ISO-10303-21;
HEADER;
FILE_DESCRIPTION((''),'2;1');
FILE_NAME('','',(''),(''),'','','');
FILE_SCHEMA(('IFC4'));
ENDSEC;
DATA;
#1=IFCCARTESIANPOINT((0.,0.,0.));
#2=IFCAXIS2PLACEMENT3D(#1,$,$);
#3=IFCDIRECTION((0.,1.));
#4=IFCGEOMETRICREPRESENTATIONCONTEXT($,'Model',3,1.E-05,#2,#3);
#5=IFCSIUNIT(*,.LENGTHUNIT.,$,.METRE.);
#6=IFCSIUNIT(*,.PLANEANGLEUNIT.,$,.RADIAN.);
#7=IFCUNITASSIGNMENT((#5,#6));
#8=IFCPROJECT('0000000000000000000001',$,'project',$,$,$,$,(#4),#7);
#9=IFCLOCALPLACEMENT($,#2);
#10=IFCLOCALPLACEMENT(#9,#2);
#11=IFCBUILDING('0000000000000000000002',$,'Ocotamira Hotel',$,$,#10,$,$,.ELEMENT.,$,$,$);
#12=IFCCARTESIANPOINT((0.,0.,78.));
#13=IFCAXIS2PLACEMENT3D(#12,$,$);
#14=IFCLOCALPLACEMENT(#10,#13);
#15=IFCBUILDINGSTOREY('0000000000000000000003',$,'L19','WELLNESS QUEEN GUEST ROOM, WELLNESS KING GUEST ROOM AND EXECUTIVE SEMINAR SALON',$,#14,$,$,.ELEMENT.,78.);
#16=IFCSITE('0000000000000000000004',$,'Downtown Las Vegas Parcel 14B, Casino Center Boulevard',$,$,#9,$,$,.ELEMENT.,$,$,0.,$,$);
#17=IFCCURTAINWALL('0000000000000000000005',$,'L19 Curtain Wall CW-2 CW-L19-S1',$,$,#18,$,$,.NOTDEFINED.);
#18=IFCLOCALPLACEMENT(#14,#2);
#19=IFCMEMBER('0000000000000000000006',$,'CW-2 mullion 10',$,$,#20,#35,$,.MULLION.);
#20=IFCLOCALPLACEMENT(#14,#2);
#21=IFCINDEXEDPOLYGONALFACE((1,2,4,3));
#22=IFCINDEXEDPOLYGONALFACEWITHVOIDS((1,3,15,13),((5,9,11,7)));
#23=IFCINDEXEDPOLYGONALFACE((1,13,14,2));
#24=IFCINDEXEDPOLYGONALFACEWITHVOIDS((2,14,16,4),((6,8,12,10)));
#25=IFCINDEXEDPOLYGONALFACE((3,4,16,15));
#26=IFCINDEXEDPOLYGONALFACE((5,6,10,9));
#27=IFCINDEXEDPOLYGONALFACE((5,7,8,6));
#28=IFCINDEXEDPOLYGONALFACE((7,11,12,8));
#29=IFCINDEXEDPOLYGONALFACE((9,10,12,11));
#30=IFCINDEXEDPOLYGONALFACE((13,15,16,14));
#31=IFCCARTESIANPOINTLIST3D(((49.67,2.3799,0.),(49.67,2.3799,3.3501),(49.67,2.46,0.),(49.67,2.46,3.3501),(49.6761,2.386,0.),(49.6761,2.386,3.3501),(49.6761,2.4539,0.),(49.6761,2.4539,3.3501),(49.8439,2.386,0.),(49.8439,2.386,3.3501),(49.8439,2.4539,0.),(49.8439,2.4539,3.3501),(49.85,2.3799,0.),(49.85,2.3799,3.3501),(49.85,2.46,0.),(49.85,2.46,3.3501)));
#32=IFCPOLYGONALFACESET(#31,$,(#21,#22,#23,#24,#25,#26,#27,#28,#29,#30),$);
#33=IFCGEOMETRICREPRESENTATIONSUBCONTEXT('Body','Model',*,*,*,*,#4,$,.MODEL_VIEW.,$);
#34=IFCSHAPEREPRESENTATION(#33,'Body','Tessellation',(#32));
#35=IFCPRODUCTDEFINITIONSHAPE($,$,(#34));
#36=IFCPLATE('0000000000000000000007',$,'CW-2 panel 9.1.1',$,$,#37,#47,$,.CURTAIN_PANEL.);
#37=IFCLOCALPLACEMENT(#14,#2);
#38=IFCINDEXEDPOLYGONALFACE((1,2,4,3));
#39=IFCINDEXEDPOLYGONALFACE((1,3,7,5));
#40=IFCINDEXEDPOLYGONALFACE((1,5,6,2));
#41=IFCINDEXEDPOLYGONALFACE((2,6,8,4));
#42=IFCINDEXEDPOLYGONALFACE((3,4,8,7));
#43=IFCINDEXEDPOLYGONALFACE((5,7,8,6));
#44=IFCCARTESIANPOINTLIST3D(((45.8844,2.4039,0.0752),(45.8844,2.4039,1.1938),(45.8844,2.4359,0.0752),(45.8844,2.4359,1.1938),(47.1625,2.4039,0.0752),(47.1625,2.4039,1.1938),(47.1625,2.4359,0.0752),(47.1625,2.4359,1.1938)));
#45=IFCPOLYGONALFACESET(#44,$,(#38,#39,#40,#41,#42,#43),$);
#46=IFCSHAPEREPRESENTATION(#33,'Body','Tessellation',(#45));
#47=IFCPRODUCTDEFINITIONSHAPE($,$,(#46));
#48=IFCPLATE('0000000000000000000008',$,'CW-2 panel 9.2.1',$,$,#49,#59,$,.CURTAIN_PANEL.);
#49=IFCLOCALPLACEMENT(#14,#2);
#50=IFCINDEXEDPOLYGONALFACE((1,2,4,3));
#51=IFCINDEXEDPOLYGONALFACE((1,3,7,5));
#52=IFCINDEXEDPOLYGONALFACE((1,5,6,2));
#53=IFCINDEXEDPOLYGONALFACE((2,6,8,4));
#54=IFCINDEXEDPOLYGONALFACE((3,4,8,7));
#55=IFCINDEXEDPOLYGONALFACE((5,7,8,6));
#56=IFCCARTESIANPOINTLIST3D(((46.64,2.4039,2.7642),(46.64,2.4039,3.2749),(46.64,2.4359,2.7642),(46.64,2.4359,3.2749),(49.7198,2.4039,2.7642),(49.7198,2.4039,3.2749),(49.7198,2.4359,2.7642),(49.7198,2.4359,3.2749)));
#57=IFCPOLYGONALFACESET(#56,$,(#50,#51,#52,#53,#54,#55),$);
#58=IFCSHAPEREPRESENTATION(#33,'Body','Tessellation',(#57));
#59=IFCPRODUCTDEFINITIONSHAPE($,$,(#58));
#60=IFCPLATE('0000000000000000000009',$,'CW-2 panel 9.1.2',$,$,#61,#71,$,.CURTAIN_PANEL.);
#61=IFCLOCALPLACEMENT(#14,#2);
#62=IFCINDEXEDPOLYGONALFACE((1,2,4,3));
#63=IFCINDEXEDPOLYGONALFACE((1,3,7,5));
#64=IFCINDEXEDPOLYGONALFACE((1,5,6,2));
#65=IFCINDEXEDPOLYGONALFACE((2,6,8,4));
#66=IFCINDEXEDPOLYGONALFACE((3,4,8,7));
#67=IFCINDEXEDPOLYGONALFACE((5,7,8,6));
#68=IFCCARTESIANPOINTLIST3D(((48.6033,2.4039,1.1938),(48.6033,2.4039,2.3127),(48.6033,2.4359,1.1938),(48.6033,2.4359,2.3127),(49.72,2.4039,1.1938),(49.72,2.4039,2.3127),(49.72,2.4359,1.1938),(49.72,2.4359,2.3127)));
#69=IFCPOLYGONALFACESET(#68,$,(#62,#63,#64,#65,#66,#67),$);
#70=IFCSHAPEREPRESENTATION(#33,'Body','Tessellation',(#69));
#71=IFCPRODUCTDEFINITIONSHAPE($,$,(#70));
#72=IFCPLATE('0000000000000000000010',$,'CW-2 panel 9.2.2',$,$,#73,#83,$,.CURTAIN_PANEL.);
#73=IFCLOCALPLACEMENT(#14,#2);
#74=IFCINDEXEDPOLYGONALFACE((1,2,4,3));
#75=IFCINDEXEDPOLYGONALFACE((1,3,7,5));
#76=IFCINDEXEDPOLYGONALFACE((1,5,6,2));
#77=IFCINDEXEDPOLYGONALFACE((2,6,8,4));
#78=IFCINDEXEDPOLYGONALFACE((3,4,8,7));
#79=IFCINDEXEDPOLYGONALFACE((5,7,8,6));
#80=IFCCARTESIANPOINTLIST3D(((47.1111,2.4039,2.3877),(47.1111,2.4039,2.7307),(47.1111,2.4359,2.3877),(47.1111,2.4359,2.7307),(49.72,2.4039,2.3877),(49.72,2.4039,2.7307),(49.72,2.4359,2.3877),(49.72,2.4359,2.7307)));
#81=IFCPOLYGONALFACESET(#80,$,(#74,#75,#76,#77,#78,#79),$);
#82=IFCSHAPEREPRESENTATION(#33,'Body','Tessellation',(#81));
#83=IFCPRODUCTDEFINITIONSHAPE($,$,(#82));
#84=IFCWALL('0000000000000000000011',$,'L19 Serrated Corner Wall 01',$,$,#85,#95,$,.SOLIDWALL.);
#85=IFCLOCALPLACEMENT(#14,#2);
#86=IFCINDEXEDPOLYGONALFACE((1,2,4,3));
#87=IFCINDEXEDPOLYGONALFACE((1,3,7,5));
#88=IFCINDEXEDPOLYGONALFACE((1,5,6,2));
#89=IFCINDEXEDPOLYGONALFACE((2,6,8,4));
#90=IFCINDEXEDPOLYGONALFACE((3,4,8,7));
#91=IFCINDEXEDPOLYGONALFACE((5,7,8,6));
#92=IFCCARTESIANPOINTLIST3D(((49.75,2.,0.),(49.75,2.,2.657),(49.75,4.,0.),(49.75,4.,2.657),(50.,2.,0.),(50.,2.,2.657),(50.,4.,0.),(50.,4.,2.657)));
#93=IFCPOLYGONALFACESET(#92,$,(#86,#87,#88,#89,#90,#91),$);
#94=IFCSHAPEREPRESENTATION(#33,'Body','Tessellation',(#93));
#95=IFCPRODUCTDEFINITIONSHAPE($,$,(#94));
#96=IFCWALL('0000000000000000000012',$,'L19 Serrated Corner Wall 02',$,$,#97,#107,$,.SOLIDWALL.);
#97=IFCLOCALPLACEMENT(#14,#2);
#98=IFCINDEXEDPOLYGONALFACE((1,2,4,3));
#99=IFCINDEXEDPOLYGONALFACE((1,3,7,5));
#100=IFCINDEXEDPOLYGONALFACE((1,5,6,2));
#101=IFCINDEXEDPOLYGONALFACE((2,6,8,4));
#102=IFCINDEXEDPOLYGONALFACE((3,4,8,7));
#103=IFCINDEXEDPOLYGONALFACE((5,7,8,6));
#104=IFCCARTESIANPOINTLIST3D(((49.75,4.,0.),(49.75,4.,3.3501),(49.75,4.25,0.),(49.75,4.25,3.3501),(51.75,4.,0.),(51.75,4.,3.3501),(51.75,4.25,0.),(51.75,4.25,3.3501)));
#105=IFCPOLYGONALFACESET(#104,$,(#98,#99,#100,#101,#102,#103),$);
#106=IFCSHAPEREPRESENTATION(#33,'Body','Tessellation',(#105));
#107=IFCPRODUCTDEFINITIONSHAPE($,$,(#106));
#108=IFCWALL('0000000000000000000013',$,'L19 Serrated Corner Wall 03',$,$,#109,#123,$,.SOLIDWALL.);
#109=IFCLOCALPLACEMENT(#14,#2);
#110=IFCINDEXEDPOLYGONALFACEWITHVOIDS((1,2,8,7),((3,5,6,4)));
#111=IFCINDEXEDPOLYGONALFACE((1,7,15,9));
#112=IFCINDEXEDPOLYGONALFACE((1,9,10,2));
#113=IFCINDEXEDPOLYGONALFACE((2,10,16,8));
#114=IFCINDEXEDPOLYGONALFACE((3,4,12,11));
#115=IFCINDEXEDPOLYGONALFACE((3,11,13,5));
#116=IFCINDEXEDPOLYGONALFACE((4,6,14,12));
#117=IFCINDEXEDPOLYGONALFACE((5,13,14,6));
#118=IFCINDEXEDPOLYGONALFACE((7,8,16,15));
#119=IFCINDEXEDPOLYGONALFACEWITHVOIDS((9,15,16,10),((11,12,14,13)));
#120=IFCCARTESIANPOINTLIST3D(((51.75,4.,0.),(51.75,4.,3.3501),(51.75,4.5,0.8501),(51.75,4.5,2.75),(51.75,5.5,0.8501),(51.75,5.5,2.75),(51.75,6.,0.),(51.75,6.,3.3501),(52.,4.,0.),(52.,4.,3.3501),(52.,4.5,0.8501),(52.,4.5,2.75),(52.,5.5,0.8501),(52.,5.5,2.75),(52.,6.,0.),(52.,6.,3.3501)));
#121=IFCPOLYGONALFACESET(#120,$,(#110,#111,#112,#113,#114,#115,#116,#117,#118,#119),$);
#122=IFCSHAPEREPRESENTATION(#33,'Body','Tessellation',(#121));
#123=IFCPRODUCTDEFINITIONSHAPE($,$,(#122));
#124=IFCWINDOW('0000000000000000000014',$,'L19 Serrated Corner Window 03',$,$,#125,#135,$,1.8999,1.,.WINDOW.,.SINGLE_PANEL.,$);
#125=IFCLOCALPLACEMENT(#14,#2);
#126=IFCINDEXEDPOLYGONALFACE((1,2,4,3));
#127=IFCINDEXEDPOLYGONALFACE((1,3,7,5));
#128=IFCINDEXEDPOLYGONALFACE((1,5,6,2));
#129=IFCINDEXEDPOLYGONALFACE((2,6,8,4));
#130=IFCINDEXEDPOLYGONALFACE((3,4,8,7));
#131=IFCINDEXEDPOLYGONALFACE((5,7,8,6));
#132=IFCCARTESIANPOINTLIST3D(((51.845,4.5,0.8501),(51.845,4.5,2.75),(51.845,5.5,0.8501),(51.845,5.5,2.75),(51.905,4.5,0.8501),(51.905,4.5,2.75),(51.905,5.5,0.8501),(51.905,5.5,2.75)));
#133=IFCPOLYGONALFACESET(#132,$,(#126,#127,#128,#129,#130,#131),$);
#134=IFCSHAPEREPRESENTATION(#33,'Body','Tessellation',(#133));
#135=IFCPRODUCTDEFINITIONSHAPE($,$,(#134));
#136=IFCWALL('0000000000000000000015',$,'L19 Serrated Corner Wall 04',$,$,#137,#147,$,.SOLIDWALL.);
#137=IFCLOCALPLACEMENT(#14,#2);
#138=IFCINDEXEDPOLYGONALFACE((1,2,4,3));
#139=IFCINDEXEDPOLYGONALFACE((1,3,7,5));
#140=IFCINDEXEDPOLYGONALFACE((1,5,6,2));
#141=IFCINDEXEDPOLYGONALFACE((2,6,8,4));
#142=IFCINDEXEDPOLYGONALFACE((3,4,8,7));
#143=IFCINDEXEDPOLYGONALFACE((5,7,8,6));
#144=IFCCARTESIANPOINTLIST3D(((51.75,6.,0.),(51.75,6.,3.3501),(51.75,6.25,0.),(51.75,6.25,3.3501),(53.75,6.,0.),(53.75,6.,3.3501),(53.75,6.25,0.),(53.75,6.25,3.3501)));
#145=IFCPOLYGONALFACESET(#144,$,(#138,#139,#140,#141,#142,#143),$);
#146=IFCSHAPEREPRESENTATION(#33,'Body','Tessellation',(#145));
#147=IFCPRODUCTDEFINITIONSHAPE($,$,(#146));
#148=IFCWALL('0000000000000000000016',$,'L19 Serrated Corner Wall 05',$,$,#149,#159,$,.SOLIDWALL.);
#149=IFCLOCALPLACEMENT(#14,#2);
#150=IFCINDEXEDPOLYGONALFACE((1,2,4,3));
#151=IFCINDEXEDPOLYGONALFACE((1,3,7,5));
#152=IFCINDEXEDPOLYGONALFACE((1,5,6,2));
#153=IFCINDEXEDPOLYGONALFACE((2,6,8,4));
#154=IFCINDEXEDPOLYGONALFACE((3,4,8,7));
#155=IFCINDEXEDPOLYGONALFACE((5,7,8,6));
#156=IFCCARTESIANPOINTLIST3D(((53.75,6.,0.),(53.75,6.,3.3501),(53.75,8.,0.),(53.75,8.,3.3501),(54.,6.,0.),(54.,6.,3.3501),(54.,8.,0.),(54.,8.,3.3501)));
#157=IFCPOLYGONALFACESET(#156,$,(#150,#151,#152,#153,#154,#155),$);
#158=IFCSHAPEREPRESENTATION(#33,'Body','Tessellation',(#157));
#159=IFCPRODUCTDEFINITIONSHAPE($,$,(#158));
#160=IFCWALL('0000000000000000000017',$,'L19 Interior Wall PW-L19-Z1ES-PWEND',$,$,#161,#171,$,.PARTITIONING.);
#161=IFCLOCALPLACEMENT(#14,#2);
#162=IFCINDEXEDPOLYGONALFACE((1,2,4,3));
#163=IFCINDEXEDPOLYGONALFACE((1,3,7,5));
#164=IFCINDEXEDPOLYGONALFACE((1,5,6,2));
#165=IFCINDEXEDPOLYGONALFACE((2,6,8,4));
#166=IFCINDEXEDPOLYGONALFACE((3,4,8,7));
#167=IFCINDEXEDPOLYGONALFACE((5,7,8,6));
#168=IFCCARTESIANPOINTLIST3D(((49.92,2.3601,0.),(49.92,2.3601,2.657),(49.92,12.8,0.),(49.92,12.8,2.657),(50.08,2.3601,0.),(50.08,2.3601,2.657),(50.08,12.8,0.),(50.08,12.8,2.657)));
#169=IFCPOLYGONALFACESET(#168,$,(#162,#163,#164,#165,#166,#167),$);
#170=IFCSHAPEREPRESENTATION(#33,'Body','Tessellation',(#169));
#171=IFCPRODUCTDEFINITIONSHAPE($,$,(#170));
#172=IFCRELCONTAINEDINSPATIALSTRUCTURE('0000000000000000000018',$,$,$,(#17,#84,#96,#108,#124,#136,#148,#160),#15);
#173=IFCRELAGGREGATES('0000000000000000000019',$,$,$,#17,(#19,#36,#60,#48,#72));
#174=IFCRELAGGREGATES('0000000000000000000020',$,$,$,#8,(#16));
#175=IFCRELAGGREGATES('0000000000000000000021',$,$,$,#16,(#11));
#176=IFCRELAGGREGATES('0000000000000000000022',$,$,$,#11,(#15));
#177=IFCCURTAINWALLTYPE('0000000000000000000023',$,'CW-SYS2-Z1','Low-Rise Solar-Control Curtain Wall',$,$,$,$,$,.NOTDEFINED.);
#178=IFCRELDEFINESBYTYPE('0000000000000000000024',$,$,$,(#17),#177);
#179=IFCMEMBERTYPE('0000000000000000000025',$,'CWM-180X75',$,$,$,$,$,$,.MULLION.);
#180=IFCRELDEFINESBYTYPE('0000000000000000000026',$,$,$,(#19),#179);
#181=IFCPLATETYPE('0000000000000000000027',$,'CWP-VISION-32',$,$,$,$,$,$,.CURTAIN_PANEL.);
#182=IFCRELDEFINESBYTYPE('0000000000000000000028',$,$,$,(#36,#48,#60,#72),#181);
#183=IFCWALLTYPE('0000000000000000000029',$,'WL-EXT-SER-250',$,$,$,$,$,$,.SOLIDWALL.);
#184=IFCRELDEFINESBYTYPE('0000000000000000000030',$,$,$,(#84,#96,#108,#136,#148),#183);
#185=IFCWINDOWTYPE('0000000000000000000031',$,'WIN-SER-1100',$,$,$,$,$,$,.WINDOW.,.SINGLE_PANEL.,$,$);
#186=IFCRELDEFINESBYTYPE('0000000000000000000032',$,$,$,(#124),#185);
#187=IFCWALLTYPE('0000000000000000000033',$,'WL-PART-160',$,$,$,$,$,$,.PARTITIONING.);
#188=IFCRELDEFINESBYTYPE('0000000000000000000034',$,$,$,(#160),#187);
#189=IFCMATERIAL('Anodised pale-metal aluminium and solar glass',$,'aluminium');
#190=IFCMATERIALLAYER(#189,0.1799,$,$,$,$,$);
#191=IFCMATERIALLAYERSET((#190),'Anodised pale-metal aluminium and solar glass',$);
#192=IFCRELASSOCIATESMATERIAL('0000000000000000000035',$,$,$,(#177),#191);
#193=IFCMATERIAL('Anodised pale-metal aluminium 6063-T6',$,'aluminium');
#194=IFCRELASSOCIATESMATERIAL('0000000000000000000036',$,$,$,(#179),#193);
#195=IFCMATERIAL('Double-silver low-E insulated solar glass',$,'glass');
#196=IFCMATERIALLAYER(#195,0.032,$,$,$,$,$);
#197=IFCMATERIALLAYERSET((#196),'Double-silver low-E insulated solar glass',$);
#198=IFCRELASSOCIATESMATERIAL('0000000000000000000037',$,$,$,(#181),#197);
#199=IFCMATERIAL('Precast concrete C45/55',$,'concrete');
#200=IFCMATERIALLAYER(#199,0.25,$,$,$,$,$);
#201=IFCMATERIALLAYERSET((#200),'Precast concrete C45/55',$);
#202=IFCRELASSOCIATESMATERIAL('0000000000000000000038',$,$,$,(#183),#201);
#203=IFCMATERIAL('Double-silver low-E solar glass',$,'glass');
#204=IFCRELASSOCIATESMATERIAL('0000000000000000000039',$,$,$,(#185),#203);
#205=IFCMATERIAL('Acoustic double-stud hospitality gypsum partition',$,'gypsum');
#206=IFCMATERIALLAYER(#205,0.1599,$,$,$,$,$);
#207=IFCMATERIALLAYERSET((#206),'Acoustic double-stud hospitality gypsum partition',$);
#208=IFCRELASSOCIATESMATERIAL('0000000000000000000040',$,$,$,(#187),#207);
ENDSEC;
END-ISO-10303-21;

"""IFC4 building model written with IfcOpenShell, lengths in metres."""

from ifc_helpers import new_model, si_unit, direction, frame, frame_2d, origin, origin_2d, place, context, subcontext, project, spatial, rectangle, hollow_rectangle, extrude, source, transform, mapped, material, layer, layer_set, material_profile, profile_set, type_object, element, fill, aggregate, save


model = new_model("IFC4")

# Units and contexts
model_context = context("Model", 3, precision=1e-05, world=origin(), true_north=direction((0.0, 1.0)))
body_context = subcontext(model_context, "Body", "Model", "MODEL_VIEW")
ifc_project = project(units=[si_unit("LENGTHUNIT", "METRE"), si_unit("PLANEANGLEUNIT", "RADIAN")], contexts=[model_context])

# Site, building, storey
site_placement = place(None, origin())
site = spatial("IfcSite", under=ifc_project, at=site_placement, Name="Downtown Las Vegas Parcel 14B, Casino Center Boulevard", CompositionType="ELEMENT", RefElevation=0.0)
building_placement = place(site_placement, origin())
building = spatial("IfcBuilding", under=site, at=building_placement, Name="Ocotamira Hotel", CompositionType="ELEMENT")
storey_placement = place(building_placement, frame((0.0, 0.0, 78.0)))
storey = spatial("IfcBuildingStorey", under=building, at=storey_placement, Name="L19", Description="WELLNESS QUEEN GUEST ROOM, WELLNESS KING GUEST ROOM AND EXECUTIVE SEMINAR SALON", CompositionType="ELEMENT", Elevation=78.0)

# Curtain wall, member, plates
ifc_material_1 = material(Name="Anodised pale-metal aluminium and solar glass", Category="aluminium")
ifc_layer_1 = layer(ifc_material_1, 0.1799)
ifc_layer_set_1 = layer_set([ifc_layer_1], Name="Anodised pale-metal aluminium and solar glass")
curtain_wall_type = type_object("IfcCurtainWallType", Name="CW-SYS2-Z1", Description="Low-Rise Solar-Control Curtain Wall", PredefinedType="NOTDEFINED", material=ifc_layer_set_1)
curtain_wall_placement = place(storey_placement, origin())
curtain_wall = element("IfcCurtainWall", 1, at=curtain_wall_placement, inside=storey, type_object=curtain_wall_type, Name="L19 Curtain Wall CW-2 CW-L19-S1", PredefinedType="NOTDEFINED")
ifc_material_2 = material(Name="Anodised pale-metal aluminium 6063-T6", Category="aluminium")
ifc_material_profile_1 = material_profile(ifc_material_2, hollow_rectangle(XDim=0.0801, YDim=0.1799, WallThickness=0.0061, at=origin_2d()), Name="HSS180X80X6")
ifc_profile_set_1 = profile_set([ifc_material_profile_1], Name="Anodised pale-metal aluminium 6063-T6")
member_type_1 = type_object("IfcMemberType", Name="CWM-180X75", PredefinedType="MULLION", material=ifc_profile_set_1)
shared_shape_1 = source(origin(), body_context, "Body", "SweptSolid", [
    extrude(hollow_rectangle(XDim=0.0801, YDim=0.1799, WallThickness=0.0061, at=origin_2d()), origin(), (0.0, 0.0, 1.0), 3.3501),
])
member_1_placement = place(storey_placement, frame((49.76, 2.4199, 0.0), z_axis=(0.0, 0.0, 1.0), x_axis=(0.0, 1.0, 0.0)))
member_1 = element("IfcMember", 2, at=member_1_placement, type_object=member_type_1, Name="CW-2 mullion 10", PredefinedType="MULLION", context=body_context, shape_type="MappedRepresentation", body=[
    mapped(shared_shape_1, transform((0.0, 0.0, 0.0), scale=1.0)),
])
ifc_material_3 = material(Name="Double-silver low-E insulated solar glass", Category="glass")
ifc_layer_2 = layer(ifc_material_3, 0.032)
ifc_layer_set_2 = layer_set([ifc_layer_2], Name="Double-silver low-E insulated solar glass")
plate_type = type_object("IfcPlateType", Name="CWP-VISION-32", PredefinedType="CURTAIN_PANEL", material=ifc_layer_set_2)
shared_shape_2 = source(origin(), body_context, "Body", "SweptSolid", [
    extrude(rectangle(XDim=1.2781, YDim=0.032, at=origin_2d()), origin(), (0.0, 0.0, 1.0), 1.1187),
])
plate_1_placement = place(storey_placement, frame((46.5234, 2.4199, 0.0752), z_axis=(0.0, 0.0, 1.0), x_axis=(1.0, 0.0, 0.0)))
plate_1 = element("IfcPlate", 3, at=plate_1_placement, type_object=plate_type, Name="CW-2 panel 9.1.1", PredefinedType="CURTAIN_PANEL", context=body_context, shape_type="MappedRepresentation", body=[
    mapped(shared_shape_2, transform((0.0, 0.0, 0.0), scale=1.0)),
])
shared_shape_3 = source(origin(), body_context, "Body", "SweptSolid", [
    extrude(rectangle(XDim=3.0798, YDim=0.032, at=origin_2d()), origin(), (0.0, 0.0, 1.0), 0.5107),
])
plate_2_placement = place(storey_placement, frame((48.1799, 2.4199, 2.7642), z_axis=(0.0, 0.0, 1.0), x_axis=(1.0, 0.0, 0.0)))
plate_2 = element("IfcPlate", 4, at=plate_2_placement, type_object=plate_type, Name="CW-2 panel 9.2.1", PredefinedType="CURTAIN_PANEL", context=body_context, shape_type="MappedRepresentation", body=[
    mapped(shared_shape_3, transform((0.0, 0.0, 0.0), scale=1.0)),
])
shared_shape_4 = source(origin(), body_context, "Body", "SweptSolid", [
    extrude(rectangle(XDim=1.1167, YDim=0.032, at=origin_2d()), origin(), (0.0, 0.0, 1.0), 1.1189),
])
plate_3_placement = place(storey_placement, frame((49.1616, 2.4199, 1.1938), z_axis=(0.0, 0.0, 1.0), x_axis=(1.0, 0.0, 0.0)))
plate_3 = element("IfcPlate", 5, at=plate_3_placement, type_object=plate_type, Name="CW-2 panel 9.1.2", PredefinedType="CURTAIN_PANEL", context=body_context, shape_type="MappedRepresentation", body=[
    mapped(shared_shape_4, transform((0.0, 0.0, 0.0), scale=1.0)),
])
shared_shape_5 = source(origin(), body_context, "Body", "SweptSolid", [
    extrude(rectangle(XDim=2.6089, YDim=0.032, at=origin_2d()), origin(), (0.0, 0.0, 1.0), 0.343),
])
plate_4_placement = place(storey_placement, frame((48.4155, 2.4199, 2.3877), z_axis=(0.0, 0.0, 1.0), x_axis=(1.0, 0.0, 0.0)))
plate_4 = element("IfcPlate", 6, at=plate_4_placement, type_object=plate_type, Name="CW-2 panel 9.2.2", PredefinedType="CURTAIN_PANEL", context=body_context, shape_type="MappedRepresentation", body=[
    mapped(shared_shape_5, transform((0.0, 0.0, 0.0), scale=1.0)),
])
aggregate(curtain_wall, [member_1, plate_1, plate_3, plate_2, plate_4])

# Walls
ifc_material_4 = material(Name="Precast concrete C45/55", Category="concrete")
ifc_layer_3 = layer(ifc_material_4, 0.25)
ifc_layer_set_3 = layer_set([ifc_layer_3], Name="Precast concrete C45/55")
wall_type_1 = type_object("IfcWallType", Name="WL-EXT-SER-250", PredefinedType="SOLIDWALL", material=ifc_layer_set_3)
wall_1_placement = place(storey_placement, frame((49.875, 2.0, 0.0), z_axis=(0.0, 0.0, 1.0), x_axis=(0.0, 1.0, 0.0)))
element("IfcWall", 7, at=wall_1_placement, inside=storey, type_object=wall_type_1, Name="L19 Serrated Corner Wall 01", PredefinedType="SOLIDWALL", context=body_context, shape_type="SweptSolid", body=[
    extrude(rectangle(XDim=2.0, YDim=0.25, at=frame_2d((1.0, 0.0))), origin(), (0.0, 0.0, 1.0), 2.657),
])
wall_2_placement = place(storey_placement, frame((49.75, 4.125, 0.0), z_axis=(0.0, 0.0, 1.0), x_axis=(1.0, 0.0, 0.0)))
element("IfcWall", 8, at=wall_2_placement, inside=storey, type_object=wall_type_1, Name="L19 Serrated Corner Wall 02", PredefinedType="SOLIDWALL", context=body_context, shape_type="SweptSolid", body=[
    extrude(rectangle(XDim=2.0, YDim=0.25, at=frame_2d((1.0, 0.0))), origin(), (0.0, 0.0, 1.0), 3.3501),
])

# Wall, opening, window
wall_3_placement = place(storey_placement, frame((51.875, 4.0, 0.0), z_axis=(0.0, 0.0, 1.0), x_axis=(0.0, 1.0, 0.0)))
wall_3 = element("IfcWall", 9, at=wall_3_placement, inside=storey, type_object=wall_type_1, Name="L19 Serrated Corner Wall 03", PredefinedType="SOLIDWALL", context=body_context, shape_type="SweptSolid", body=[
    extrude(rectangle(XDim=2.0, YDim=0.25, at=frame_2d((1.0, 0.0))), origin(), (0.0, 0.0, 1.0), 3.3501),
])
opening_placement = place(wall_3_placement, frame((0.5, 0.0, 0.8501)))
opening = element("IfcOpeningElement", 10, at=opening_placement, cuts=wall_3, PredefinedType="OPENING", context=body_context, shape_type="SweptSolid", body=[
    extrude(rectangle(XDim=1.0, YDim=1.8999, at=frame_2d((0.5, 0.95))), frame((0.0, 0.135, 0.0), z_axis=(0.0, -1.0, 0.0), x_axis=(1.0, 0.0, 0.0)), (0.0, 0.0, 1.0), 0.27),
])
ifc_material_5 = material(Name="Double-silver low-E solar glass", Category="glass")
window_type = type_object("IfcWindowType", Name="WIN-SER-1100", PartitioningType="SINGLE_PANEL", PredefinedType="WINDOW", material=ifc_material_5)
shared_shape_6 = source(origin(), body_context, "Body", "SweptSolid", [
    extrude(rectangle(XDim=1.0, YDim=1.8999, at=frame_2d((0.5, 0.95))), frame((0.0, 0.03, 0.0), z_axis=(0.0, -1.0, 0.0), x_axis=(1.0, 0.0, 0.0)), (0.0, 0.0, 1.0), 0.0601),
])
window_placement = place(opening_placement, origin())
window = element("IfcWindow", 11, at=window_placement, inside=storey, type_object=window_type, Name="L19 Serrated Corner Window 03", OverallHeight=1.8999, OverallWidth=1.0, PartitioningType="SINGLE_PANEL", PredefinedType="WINDOW", context=body_context, shape_type="MappedRepresentation", body=[
    mapped(shared_shape_6, transform((0.0, 0.0, 0.0), scale=1.0)),
])
fill(opening, window)

# Walls
for number, where, z_axis, x_axis, name in (
    (12, (51.75, 6.125, 0.0), (0.0, 0.0, 1.0), (1.0, 0.0, 0.0), "L19 Serrated Corner Wall 04"),
    (13, (53.875, 6.0, 0.0), (0.0, 0.0, 1.0), (0.0, 1.0, 0.0), "L19 Serrated Corner Wall 05"),
):
    element("IfcWall", number, at=place(storey_placement, frame(where, z_axis=z_axis, x_axis=x_axis)), inside=storey, type_object=wall_type_1, Name=name, PredefinedType="SOLIDWALL", context=body_context, shape_type="SweptSolid", body=[
        extrude(rectangle(XDim=2.0, YDim=0.25, at=frame_2d((1.0, 0.0))), origin(), (0.0, 0.0, 1.0), 3.3501),
    ])
ifc_material_6 = material(Name="Acoustic double-stud hospitality gypsum partition", Category="gypsum")
ifc_layer_4 = layer(ifc_material_6, 0.1599)
ifc_layer_set_4 = layer_set([ifc_layer_4], Name="Acoustic double-stud hospitality gypsum partition")
wall_type_2 = type_object("IfcWallType", Name="WL-PART-160", PredefinedType="PARTITIONING", material=ifc_layer_set_4)
wall_4_placement = place(storey_placement, frame((50.0, 2.3601, 0.0), z_axis=(0.0, 0.0, 1.0), x_axis=(0.0, 1.0, 0.0)))
element("IfcWall", 14, at=wall_4_placement, inside=storey, type_object=wall_type_2, Name="L19 Interior Wall PW-L19-Z1ES-PWEND", PredefinedType="PARTITIONING", context=body_context, shape_type="SweptSolid", body=[
    extrude(rectangle(XDim=10.4399, YDim=0.1599, at=frame_2d((5.22, 0.0))), origin(), (0.0, 0.0, 1.0), 2.657),
])

save(model, "model.ifc")
